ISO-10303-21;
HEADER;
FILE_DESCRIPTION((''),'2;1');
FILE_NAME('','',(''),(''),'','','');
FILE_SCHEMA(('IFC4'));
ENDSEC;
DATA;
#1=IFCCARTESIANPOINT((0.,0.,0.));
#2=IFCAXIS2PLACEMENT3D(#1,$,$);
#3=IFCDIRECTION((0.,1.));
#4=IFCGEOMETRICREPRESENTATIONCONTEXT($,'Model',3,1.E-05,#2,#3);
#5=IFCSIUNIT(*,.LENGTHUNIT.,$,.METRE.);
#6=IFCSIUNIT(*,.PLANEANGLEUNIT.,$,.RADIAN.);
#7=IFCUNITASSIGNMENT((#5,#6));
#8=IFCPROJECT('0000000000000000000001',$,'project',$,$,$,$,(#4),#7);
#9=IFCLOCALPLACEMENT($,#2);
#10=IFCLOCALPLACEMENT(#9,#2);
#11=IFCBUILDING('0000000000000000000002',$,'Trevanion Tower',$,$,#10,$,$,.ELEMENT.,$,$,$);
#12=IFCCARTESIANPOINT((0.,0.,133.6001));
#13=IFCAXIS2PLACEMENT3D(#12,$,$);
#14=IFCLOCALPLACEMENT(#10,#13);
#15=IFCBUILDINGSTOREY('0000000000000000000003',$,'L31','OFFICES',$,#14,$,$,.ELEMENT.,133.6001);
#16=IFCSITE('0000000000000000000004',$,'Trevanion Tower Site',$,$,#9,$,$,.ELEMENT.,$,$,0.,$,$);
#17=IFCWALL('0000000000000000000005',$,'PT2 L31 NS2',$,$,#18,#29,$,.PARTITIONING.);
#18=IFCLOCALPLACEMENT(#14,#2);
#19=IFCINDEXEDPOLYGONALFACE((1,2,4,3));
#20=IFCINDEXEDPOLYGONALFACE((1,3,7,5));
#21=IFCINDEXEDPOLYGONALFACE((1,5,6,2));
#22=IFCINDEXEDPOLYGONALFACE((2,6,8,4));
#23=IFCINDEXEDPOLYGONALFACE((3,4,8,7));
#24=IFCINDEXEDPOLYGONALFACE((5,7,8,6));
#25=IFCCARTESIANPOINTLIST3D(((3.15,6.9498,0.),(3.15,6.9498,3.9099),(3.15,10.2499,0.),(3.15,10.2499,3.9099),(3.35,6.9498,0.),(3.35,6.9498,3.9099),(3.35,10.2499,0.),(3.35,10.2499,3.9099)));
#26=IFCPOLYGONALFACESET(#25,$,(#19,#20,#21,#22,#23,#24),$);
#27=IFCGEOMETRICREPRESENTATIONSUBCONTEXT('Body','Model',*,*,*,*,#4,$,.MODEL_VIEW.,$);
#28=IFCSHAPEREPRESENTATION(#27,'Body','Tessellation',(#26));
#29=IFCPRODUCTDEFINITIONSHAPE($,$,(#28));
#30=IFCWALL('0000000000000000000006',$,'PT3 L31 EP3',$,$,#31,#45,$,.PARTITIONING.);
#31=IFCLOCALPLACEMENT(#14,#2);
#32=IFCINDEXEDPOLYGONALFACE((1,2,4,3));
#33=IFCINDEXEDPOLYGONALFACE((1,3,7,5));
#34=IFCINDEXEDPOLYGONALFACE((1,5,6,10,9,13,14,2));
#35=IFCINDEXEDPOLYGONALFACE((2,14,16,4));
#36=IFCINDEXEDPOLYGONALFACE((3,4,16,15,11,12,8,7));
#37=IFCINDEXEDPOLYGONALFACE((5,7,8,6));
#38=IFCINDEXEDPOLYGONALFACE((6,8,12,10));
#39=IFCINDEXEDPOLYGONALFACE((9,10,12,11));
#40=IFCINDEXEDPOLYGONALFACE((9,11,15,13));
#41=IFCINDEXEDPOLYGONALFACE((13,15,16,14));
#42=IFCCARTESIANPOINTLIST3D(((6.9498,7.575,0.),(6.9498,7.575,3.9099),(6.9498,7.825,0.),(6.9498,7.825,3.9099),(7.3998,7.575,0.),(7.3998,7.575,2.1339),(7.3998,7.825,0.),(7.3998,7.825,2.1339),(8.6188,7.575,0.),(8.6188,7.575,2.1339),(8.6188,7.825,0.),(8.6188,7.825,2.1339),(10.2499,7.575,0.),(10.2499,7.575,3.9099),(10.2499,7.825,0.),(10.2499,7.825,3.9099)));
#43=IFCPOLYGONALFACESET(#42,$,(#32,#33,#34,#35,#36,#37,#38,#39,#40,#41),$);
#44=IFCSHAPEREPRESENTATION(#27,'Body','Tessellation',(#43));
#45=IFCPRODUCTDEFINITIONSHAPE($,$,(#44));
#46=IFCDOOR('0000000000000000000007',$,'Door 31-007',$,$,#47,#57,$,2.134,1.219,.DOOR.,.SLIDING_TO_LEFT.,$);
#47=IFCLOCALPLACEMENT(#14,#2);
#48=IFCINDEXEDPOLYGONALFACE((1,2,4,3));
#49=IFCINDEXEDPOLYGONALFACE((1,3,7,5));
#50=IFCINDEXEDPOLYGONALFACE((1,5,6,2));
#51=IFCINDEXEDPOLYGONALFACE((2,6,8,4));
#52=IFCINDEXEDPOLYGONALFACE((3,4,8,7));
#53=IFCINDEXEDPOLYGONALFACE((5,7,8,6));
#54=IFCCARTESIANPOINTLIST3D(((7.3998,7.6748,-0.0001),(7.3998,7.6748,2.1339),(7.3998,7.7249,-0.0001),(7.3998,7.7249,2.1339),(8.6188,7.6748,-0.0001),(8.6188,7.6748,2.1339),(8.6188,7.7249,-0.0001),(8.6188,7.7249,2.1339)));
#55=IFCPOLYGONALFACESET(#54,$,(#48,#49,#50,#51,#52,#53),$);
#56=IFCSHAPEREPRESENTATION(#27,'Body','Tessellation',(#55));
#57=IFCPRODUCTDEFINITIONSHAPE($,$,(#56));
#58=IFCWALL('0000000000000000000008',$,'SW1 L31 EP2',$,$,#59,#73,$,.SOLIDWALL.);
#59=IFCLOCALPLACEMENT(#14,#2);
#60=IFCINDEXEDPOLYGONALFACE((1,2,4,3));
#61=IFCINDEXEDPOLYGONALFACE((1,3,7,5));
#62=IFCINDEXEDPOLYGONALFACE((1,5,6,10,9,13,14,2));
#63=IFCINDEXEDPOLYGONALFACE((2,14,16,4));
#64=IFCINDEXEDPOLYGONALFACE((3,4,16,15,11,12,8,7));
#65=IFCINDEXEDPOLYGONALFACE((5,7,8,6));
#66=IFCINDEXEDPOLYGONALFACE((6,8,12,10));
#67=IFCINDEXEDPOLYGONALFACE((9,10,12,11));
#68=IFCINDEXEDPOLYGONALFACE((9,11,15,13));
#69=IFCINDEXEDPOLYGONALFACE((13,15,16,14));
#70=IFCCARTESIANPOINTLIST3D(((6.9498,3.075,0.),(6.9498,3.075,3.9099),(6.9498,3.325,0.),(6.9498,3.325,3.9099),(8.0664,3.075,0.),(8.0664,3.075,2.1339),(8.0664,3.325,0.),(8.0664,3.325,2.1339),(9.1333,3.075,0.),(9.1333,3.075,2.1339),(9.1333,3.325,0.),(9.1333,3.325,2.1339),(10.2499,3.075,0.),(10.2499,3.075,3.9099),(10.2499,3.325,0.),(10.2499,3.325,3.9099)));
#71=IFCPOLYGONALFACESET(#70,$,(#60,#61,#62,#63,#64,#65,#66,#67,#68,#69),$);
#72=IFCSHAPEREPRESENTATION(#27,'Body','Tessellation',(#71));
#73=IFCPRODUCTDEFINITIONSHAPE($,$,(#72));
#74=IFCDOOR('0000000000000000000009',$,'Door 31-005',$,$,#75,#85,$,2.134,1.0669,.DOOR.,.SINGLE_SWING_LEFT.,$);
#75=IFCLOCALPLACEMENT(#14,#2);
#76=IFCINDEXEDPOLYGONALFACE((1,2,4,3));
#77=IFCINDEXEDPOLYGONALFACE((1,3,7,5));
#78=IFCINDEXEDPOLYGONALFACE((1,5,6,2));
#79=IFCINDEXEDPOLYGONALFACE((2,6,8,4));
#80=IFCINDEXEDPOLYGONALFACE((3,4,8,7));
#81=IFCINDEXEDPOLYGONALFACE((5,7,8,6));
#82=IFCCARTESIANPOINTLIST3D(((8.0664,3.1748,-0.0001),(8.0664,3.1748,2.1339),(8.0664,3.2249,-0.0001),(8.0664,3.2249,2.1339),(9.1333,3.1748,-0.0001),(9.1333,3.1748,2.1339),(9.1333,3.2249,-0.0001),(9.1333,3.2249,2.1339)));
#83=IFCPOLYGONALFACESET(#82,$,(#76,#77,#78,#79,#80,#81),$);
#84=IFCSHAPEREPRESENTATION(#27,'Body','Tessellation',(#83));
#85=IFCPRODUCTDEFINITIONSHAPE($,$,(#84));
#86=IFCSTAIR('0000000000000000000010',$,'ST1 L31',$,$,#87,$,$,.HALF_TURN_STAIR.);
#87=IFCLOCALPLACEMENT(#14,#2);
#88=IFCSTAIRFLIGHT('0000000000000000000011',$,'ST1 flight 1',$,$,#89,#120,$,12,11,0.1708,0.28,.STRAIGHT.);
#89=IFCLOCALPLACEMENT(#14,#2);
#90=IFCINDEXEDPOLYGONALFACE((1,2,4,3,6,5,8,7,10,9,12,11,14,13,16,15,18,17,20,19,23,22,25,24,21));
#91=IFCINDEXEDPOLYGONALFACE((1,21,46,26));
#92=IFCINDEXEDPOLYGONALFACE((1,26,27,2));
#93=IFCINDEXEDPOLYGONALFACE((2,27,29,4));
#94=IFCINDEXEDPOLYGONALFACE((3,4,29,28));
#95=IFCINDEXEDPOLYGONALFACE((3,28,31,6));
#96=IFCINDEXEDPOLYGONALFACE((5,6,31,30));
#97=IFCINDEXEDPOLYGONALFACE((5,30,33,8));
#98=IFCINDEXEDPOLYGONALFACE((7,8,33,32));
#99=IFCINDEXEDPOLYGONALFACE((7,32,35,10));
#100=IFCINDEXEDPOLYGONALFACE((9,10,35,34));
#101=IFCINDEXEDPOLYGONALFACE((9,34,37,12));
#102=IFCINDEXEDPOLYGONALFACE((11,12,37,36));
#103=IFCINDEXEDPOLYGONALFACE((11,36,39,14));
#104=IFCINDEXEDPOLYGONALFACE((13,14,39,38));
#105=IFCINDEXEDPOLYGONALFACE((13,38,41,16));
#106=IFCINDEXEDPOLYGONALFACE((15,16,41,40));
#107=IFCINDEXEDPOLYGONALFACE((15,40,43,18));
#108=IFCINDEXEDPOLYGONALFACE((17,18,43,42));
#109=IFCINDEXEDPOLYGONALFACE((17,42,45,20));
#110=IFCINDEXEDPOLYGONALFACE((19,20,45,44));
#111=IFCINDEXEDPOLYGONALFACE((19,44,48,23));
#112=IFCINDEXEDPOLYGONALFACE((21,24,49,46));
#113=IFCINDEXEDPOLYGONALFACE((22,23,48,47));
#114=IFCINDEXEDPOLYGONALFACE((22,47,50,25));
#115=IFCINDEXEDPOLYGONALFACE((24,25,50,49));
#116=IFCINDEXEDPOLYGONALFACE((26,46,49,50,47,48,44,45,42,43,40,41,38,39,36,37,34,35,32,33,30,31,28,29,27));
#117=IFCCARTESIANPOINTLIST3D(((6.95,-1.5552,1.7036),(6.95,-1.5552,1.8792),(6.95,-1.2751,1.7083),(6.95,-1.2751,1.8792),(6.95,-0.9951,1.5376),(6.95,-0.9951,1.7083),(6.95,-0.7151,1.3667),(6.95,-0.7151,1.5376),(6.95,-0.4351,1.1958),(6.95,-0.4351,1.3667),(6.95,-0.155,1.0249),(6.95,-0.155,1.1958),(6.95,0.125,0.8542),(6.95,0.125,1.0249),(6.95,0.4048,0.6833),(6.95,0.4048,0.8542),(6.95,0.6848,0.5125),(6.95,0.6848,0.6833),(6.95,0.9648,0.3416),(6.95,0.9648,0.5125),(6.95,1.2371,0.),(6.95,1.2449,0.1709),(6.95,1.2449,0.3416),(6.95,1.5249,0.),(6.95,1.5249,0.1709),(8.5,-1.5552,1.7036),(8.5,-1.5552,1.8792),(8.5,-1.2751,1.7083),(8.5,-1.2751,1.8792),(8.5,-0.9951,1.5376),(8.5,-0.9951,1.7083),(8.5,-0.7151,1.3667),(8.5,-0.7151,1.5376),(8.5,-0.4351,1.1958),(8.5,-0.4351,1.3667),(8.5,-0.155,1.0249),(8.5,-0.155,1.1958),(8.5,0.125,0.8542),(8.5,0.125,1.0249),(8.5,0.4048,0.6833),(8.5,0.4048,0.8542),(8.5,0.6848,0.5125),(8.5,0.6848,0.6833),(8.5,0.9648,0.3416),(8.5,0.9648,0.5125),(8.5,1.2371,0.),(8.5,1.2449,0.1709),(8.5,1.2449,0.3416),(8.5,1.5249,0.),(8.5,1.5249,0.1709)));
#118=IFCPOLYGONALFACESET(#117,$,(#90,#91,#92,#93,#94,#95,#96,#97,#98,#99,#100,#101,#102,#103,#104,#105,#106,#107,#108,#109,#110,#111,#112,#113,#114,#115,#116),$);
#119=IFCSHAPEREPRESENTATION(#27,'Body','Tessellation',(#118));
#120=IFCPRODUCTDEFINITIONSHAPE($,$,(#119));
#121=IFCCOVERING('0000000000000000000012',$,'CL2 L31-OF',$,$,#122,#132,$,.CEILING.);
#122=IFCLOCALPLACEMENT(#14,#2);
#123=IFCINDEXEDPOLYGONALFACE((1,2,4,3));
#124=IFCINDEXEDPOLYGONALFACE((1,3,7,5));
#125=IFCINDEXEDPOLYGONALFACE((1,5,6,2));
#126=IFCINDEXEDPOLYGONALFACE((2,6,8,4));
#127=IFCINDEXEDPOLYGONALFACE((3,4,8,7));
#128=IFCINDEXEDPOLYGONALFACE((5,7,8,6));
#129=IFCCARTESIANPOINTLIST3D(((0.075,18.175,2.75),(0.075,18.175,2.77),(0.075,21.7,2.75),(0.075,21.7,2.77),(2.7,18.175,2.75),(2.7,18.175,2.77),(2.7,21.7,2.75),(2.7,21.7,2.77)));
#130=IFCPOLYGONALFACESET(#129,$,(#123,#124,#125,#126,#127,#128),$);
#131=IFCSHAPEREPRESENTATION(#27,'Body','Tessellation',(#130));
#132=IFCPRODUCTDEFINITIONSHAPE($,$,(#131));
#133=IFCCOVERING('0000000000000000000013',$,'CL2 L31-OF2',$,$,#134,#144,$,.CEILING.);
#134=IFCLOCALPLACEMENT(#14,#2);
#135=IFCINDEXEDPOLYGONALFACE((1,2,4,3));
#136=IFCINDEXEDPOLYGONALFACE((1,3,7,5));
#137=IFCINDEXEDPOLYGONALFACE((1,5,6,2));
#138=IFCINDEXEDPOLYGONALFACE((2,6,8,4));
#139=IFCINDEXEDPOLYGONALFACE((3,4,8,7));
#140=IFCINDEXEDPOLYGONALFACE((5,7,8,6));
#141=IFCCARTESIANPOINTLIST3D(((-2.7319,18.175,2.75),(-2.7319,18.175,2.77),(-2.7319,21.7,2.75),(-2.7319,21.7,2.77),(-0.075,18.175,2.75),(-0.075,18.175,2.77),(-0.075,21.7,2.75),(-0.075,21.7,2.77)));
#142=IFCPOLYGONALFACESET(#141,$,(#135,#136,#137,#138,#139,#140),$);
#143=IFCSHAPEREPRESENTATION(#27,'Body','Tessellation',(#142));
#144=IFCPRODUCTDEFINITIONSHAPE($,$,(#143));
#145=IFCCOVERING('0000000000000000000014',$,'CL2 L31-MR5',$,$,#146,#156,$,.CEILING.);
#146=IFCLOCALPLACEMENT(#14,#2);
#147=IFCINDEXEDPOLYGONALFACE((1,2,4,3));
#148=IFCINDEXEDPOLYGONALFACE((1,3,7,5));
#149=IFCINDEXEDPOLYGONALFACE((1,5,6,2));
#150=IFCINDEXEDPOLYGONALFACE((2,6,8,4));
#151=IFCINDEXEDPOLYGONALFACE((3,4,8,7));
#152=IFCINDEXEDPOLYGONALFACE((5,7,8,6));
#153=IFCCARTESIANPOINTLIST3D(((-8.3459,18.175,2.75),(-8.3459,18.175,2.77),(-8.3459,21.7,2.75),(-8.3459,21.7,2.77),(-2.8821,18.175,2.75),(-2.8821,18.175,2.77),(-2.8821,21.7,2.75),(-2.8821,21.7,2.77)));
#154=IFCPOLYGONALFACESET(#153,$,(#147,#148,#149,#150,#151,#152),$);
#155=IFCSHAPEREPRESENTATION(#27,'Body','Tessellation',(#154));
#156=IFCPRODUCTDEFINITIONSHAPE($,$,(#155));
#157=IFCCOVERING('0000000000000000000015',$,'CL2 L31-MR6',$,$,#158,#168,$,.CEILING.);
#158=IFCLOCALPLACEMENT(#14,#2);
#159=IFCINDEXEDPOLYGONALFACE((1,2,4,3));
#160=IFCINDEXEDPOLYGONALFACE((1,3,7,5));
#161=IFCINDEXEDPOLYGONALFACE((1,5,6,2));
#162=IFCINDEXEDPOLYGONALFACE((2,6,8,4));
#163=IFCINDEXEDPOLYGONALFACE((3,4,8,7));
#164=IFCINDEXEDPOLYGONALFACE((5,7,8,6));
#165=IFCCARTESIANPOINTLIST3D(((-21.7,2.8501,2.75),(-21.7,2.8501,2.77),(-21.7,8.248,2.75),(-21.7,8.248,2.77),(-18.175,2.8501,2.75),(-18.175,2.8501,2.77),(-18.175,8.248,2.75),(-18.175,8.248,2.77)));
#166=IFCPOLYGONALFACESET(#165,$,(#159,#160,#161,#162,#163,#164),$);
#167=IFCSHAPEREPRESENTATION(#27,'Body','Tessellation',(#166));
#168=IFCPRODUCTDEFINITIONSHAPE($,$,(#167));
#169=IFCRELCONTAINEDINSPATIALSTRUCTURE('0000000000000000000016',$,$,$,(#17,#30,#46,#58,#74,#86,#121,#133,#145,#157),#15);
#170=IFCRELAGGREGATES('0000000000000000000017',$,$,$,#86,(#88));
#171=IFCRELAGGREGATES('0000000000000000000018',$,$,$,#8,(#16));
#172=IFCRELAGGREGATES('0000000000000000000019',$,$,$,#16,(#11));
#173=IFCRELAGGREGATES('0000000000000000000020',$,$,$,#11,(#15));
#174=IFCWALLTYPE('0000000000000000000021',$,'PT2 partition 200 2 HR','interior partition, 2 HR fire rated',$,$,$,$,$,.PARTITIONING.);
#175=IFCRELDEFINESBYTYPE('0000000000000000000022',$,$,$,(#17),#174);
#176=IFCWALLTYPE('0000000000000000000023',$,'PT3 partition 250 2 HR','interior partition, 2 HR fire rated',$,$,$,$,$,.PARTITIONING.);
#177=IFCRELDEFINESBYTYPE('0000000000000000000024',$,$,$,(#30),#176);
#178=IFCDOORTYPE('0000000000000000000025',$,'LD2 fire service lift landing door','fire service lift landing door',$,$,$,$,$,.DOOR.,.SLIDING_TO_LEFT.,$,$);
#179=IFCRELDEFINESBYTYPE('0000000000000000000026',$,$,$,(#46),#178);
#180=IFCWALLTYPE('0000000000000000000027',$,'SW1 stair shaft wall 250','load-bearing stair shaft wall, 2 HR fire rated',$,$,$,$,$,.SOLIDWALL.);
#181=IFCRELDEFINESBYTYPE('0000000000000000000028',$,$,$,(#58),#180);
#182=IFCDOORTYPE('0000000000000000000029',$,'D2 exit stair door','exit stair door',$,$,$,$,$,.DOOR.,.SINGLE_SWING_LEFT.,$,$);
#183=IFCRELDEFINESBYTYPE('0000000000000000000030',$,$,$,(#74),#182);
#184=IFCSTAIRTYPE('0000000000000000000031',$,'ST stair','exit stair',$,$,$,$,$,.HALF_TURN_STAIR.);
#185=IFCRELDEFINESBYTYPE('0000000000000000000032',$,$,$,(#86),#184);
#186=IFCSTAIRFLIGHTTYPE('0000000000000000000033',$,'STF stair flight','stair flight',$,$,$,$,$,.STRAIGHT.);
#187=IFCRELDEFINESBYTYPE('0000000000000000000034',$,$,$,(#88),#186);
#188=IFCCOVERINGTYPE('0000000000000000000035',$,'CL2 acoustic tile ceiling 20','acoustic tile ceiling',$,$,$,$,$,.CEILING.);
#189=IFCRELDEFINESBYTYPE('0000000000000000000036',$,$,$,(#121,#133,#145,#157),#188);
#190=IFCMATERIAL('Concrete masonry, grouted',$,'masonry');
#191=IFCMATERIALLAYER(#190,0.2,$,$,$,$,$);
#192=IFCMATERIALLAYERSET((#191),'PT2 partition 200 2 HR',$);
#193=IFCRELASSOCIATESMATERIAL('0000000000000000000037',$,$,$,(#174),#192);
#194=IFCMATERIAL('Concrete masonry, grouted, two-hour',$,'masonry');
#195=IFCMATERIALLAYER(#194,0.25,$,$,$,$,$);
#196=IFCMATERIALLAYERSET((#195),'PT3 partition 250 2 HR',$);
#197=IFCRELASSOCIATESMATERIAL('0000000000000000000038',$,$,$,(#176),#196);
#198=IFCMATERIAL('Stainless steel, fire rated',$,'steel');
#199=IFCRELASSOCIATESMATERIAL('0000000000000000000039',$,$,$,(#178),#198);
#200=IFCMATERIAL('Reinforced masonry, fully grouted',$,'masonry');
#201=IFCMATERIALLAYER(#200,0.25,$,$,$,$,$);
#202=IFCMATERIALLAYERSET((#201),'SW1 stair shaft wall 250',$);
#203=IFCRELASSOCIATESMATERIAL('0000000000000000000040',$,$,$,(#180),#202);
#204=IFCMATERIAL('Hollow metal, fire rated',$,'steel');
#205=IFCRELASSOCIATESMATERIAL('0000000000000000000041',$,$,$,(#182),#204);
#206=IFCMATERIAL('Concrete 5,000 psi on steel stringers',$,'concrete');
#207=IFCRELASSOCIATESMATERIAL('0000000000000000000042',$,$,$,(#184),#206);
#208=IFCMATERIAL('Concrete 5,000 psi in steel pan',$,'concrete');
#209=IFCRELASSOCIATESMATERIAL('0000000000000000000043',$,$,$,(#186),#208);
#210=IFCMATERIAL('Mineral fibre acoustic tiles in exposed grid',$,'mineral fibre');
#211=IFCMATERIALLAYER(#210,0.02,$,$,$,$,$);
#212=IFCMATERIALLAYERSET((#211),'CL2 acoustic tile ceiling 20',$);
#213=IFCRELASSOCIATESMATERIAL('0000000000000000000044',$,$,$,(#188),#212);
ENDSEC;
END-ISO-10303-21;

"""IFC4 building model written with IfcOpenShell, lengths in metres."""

from ifc_helpers import new_model, si_unit, direction, frame, frame_2d, origin, place, context, subcontext, project, spatial, polyline, rectangle, outline, extrude, material, layer, layer_set, type_object, element, fill, aggregate, save


model = new_model("IFC4")

# Units and contexts
model_context = context("Model", 3, precision=1e-05, world=origin(), true_north=direction((0.0, 1.0)))
body_context = subcontext(model_context, "Body", "Model", "MODEL_VIEW")
ifc_project = project(units=[si_unit("LENGTHUNIT", "METRE"), si_unit("PLANEANGLEUNIT", "RADIAN")], contexts=[model_context])

# Site, building, storey
site_placement = place(None, origin())
site = spatial("IfcSite", under=ifc_project, at=site_placement, Name="Trevanion Tower Site", CompositionType="ELEMENT", RefElevation=0.0)
building_placement = place(site_placement, origin())
building = spatial("IfcBuilding", under=site, at=building_placement, Name="Trevanion Tower", CompositionType="ELEMENT")
storey_placement = place(building_placement, frame((0.0, 0.0, 133.6001)))
storey = spatial("IfcBuildingStorey", under=building, at=storey_placement, Name="L31", Description="OFFICES", CompositionType="ELEMENT", Elevation=133.6001)

# Wall
ifc_material_1 = material(Name="Concrete masonry, grouted", Category="masonry")
ifc_layer_1 = layer(ifc_material_1, 0.2)
ifc_layer_set_1 = layer_set([ifc_layer_1], Name="PT2 partition 200 2 HR")
wall_type_1 = type_object("IfcWallType", Name="PT2 partition 200 2 HR", Description="interior partition, 2 HR fire rated", PredefinedType="PARTITIONING", material=ifc_layer_set_1)
wall_1_placement = place(storey_placement, frame((3.25, 6.95, 0.0), z_axis=(0.0, 0.0, 1.0), x_axis=(0.0, 1.0, 0.0)))
element("IfcWall", 1, at=wall_1_placement, inside=storey, type_object=wall_type_1, Name="PT2 L31 NS2", PredefinedType="PARTITIONING", context=body_context, shape_type="SweptSolid", body=[
    extrude(rectangle(XDim=3.3, YDim=0.2, at=frame_2d((1.6499, 0.0))), origin(), (0.0, 0.0, 1.0), 3.9099),
])

# Walls, openings, doors
ifc_material_2 = material(Name="Concrete masonry, grouted, two-hour", Category="masonry")
ifc_layer_2 = layer(ifc_material_2, 0.25)
ifc_layer_set_2 = layer_set([ifc_layer_2], Name="PT3 partition 250 2 HR")
wall_type_2 = type_object("IfcWallType", Name="PT3 partition 250 2 HR", Description="interior partition, 2 HR fire rated", PredefinedType="PARTITIONING", material=ifc_layer_set_2)
wall_2_placement = place(storey_placement, frame((6.95, 7.7, 0.0), z_axis=(0.0, 0.0, 1.0), x_axis=(1.0, 0.0, 0.0)))
wall_2 = element("IfcWall", 2, at=wall_2_placement, inside=storey, type_object=wall_type_2, Name="PT3 L31 EP3", PredefinedType="PARTITIONING", context=body_context, shape_type="SweptSolid", body=[
    extrude(rectangle(XDim=3.3, YDim=0.25, at=frame_2d((1.6499, 0.0))), origin(), (0.0, 0.0, 1.0), 3.9099),
])
opening_1_placement = place(wall_2_placement, frame((0.45, 0.0, 0.0)))
opening_1 = element("IfcOpeningElement", 3, at=opening_1_placement, cuts=wall_2, PredefinedType="OPENING", context=body_context, shape_type="SweptSolid", body=[
    extrude(rectangle(XDim=1.219, YDim=2.134, at=frame_2d((0.6094, 1.0669))), frame((0.0, 0.135, 0.0), z_axis=(0.0, -1.0, 0.0), x_axis=(1.0, 0.0, 0.0)), (0.0, 0.0, 1.0), 0.27),
])
ifc_material_3 = material(Name="Stainless steel, fire rated", Category="steel")
door_type_1 = type_object("IfcDoorType", Name="LD2 fire service lift landing door", Description="fire service lift landing door", OperationType="SLIDING_TO_LEFT", PredefinedType="DOOR", material=ifc_material_3)
door_1_placement = place(opening_1_placement, origin())
door_1 = element("IfcDoor", 4, at=door_1_placement, inside=storey, type_object=door_type_1, Name="Door 31-007", OperationType="SLIDING_TO_LEFT", OverallHeight=2.134, OverallWidth=1.219, PredefinedType="DOOR", context=body_context, shape_type="SweptSolid", body=[
    extrude(rectangle(XDim=1.219, YDim=2.134, at=frame_2d((0.6094, 1.0669))), frame((0.0, 0.0249, 0.0), z_axis=(0.0, -1.0, 0.0), x_axis=(1.0, 0.0, 0.0)), (0.0, 0.0, 1.0), 0.05),
])
fill(opening_1, door_1)
ifc_material_4 = material(Name="Reinforced masonry, fully grouted", Category="masonry")
ifc_layer_3 = layer(ifc_material_4, 0.25)
ifc_layer_set_3 = layer_set([ifc_layer_3], Name="SW1 stair shaft wall 250")
wall_type_3 = type_object("IfcWallType", Name="SW1 stair shaft wall 250", Description="load-bearing stair shaft wall, 2 HR fire rated", PredefinedType="SOLIDWALL", material=ifc_layer_set_3)
wall_3_placement = place(storey_placement, frame((6.95, 3.2, 0.0), z_axis=(0.0, 0.0, 1.0), x_axis=(1.0, 0.0, 0.0)))
wall_3 = element("IfcWall", 5, at=wall_3_placement, inside=storey, type_object=wall_type_3, Name="SW1 L31 EP2", PredefinedType="SOLIDWALL", context=body_context, shape_type="SweptSolid", body=[
    extrude(rectangle(XDim=3.3, YDim=0.25, at=frame_2d((1.6499, 0.0))), origin(), (0.0, 0.0, 1.0), 3.9099),
])
opening_2_placement = place(wall_3_placement, frame((1.1165, 0.0, 0.0)))
opening_2 = element("IfcOpeningElement", 6, at=opening_2_placement, cuts=wall_3, PredefinedType="OPENING", context=body_context, shape_type="SweptSolid", body=[
    extrude(rectangle(XDim=1.0669, YDim=2.134, at=frame_2d((0.5334, 1.0669))), frame((0.0, 0.135, 0.0), z_axis=(0.0, -1.0, 0.0), x_axis=(1.0, 0.0, 0.0)), (0.0, 0.0, 1.0), 0.27),
])
ifc_material_5 = material(Name="Hollow metal, fire rated", Category="steel")
door_type_2 = type_object("IfcDoorType", Name="D2 exit stair door", Description="exit stair door", OperationType="SINGLE_SWING_LEFT", PredefinedType="DOOR", material=ifc_material_5)
door_2_placement = place(opening_2_placement, origin())
door_2 = element("IfcDoor", 7, at=door_2_placement, inside=storey, type_object=door_type_2, Name="Door 31-005", OperationType="SINGLE_SWING_LEFT", OverallHeight=2.134, OverallWidth=1.0669, PredefinedType="DOOR", context=body_context, shape_type="SweptSolid", body=[
    extrude(rectangle(XDim=1.0669, YDim=2.134, at=frame_2d((0.5334, 1.0669))), frame((0.0, 0.0249, 0.0), z_axis=(0.0, -1.0, 0.0), x_axis=(1.0, 0.0, 0.0)), (0.0, 0.0, 1.0), 0.05),
])
fill(opening_2, door_2)

# Stair, stair flight
ifc_material_6 = material(Name="Concrete 5,000 psi on steel stringers", Category="concrete")
stair_type = type_object("IfcStairType", Name="ST stair", Description="exit stair", PredefinedType="HALF_TURN_STAIR", material=ifc_material_6)
stair_placement = place(storey_placement, origin())
stair = element("IfcStair", 8, at=stair_placement, inside=storey, type_object=stair_type, Name="ST1 L31", PredefinedType="HALF_TURN_STAIR")
ifc_material_7 = material(Name="Concrete 5,000 psi in steel pan", Category="concrete")
stair_flight_type = type_object("IfcStairFlightType", Name="STF stair flight", Description="stair flight", PredefinedType="STRAIGHT", material=ifc_material_7)
stair_flight_placement = place(storey_placement, frame((7.7251, 1.5249, 0.0), z_axis=(0.0, 0.0, 1.0), x_axis=(0.0, -1.0, 0.0)))
stair_flight = element("IfcStairFlight", 9, at=stair_flight_placement, type_object=stair_flight_type, Name="ST1 flight 1", NumberOfRisers=12, NumberOfTreads=11, PredefinedType="STRAIGHT", RiserHeight=0.1708, TreadLength=0.28, context=body_context, shape_type="SweptSolid", body=[
    extrude(outline(polyline([(0.0, 0.0), (0.0, 0.1709), (0.28, 0.1709), (0.28, 0.3416), (0.5601, 0.3416), (0.5601, 0.5125), (0.8401, 0.5125), (0.8401, 0.6833), (1.1201, 0.6833), (1.1201, 0.8542), (1.3999, 0.8542), (1.3999, 1.0249), (1.6799, 1.0249), (1.6799, 1.1958), (1.96, 1.1958), (1.96, 1.3667), (2.24, 1.3667), (2.24, 1.5376), (2.52, 1.5376), (2.52, 1.7083), (2.8, 1.7083), (2.8, 1.8792), (3.0801, 1.8792), (3.0801, 2.05), (3.0801, 1.7036), (0.2878, 0.0), (0.0, 0.0)])), frame((0.0, 0.7749, 0.0), z_axis=(0.0, -1.0, 0.0), x_axis=(1.0, 0.0, 0.0)), (0.0, 0.0, 1.0), 1.55),
])
aggregate(stair, [stair_flight])

# Coverings
ifc_material_8 = material(Name="Mineral fibre acoustic tiles in exposed grid", Category="mineral fibre")
ifc_layer_4 = layer(ifc_material_8, 0.02)
ifc_layer_set_4 = layer_set([ifc_layer_4], Name="CL2 acoustic tile ceiling 20")
covering_type_1 = type_object("IfcCoveringType", Name="CL2 acoustic tile ceiling 20", Description="acoustic tile ceiling", PredefinedType="CEILING", material=ifc_layer_set_4)
covering_1_placement = place(storey_placement, frame((0.0, 0.0, 2.75)))
element("IfcCovering", 10, at=covering_1_placement, inside=storey, type_object=covering_type_1, Name="CL2 L31-OF", PredefinedType="CEILING", context=body_context, shape_type="SweptSolid", body=[
    extrude(outline(polyline([(2.7, 18.175), (0.075, 18.175), (0.075, 21.7), (2.7, 21.7), (2.7, 18.175)])), origin(), (0.0, 0.0, 1.0), 0.02),
])
covering_2_placement = place(storey_placement, frame((0.0, 0.0, 2.75)))
element("IfcCovering", 11, at=covering_2_placement, inside=storey, type_object=covering_type_1, Name="CL2 L31-OF2", PredefinedType="CEILING", context=body_context, shape_type="SweptSolid", body=[
    extrude(outline(polyline([(-0.075, 18.175), (-2.7319, 18.175), (-2.7319, 21.7), (-0.075, 21.7), (-0.075, 18.175)])), origin(), (0.0, 0.0, 1.0), 0.02),
])
covering_3_placement = place(storey_placement, frame((0.0, 0.0, 2.75)))
element("IfcCovering", 12, at=covering_3_placement, inside=storey, type_object=covering_type_1, Name="CL2 L31-MR5", PredefinedType="CEILING", context=body_context, shape_type="SweptSolid", body=[
    extrude(outline(polyline([(-2.8821, 18.175), (-8.3459, 18.175), (-8.3459, 21.7), (-2.8821, 21.7), (-2.8821, 18.175)])), origin(), (0.0, 0.0, 1.0), 0.02),
])
covering_4_placement = place(storey_placement, frame((0.0, 0.0, 2.75)))
element("IfcCovering", 13, at=covering_4_placement, inside=storey, type_object=covering_type_1, Name="CL2 L31-MR6", PredefinedType="CEILING", context=body_context, shape_type="SweptSolid", body=[
    extrude(outline(polyline([(-18.175, 8.248), (-18.175, 2.8501), (-21.7, 2.8501), (-21.7, 8.248), (-18.175, 8.248)])), origin(), (0.0, 0.0, 1.0), 0.02),
])

save(model, "model.ifc")
